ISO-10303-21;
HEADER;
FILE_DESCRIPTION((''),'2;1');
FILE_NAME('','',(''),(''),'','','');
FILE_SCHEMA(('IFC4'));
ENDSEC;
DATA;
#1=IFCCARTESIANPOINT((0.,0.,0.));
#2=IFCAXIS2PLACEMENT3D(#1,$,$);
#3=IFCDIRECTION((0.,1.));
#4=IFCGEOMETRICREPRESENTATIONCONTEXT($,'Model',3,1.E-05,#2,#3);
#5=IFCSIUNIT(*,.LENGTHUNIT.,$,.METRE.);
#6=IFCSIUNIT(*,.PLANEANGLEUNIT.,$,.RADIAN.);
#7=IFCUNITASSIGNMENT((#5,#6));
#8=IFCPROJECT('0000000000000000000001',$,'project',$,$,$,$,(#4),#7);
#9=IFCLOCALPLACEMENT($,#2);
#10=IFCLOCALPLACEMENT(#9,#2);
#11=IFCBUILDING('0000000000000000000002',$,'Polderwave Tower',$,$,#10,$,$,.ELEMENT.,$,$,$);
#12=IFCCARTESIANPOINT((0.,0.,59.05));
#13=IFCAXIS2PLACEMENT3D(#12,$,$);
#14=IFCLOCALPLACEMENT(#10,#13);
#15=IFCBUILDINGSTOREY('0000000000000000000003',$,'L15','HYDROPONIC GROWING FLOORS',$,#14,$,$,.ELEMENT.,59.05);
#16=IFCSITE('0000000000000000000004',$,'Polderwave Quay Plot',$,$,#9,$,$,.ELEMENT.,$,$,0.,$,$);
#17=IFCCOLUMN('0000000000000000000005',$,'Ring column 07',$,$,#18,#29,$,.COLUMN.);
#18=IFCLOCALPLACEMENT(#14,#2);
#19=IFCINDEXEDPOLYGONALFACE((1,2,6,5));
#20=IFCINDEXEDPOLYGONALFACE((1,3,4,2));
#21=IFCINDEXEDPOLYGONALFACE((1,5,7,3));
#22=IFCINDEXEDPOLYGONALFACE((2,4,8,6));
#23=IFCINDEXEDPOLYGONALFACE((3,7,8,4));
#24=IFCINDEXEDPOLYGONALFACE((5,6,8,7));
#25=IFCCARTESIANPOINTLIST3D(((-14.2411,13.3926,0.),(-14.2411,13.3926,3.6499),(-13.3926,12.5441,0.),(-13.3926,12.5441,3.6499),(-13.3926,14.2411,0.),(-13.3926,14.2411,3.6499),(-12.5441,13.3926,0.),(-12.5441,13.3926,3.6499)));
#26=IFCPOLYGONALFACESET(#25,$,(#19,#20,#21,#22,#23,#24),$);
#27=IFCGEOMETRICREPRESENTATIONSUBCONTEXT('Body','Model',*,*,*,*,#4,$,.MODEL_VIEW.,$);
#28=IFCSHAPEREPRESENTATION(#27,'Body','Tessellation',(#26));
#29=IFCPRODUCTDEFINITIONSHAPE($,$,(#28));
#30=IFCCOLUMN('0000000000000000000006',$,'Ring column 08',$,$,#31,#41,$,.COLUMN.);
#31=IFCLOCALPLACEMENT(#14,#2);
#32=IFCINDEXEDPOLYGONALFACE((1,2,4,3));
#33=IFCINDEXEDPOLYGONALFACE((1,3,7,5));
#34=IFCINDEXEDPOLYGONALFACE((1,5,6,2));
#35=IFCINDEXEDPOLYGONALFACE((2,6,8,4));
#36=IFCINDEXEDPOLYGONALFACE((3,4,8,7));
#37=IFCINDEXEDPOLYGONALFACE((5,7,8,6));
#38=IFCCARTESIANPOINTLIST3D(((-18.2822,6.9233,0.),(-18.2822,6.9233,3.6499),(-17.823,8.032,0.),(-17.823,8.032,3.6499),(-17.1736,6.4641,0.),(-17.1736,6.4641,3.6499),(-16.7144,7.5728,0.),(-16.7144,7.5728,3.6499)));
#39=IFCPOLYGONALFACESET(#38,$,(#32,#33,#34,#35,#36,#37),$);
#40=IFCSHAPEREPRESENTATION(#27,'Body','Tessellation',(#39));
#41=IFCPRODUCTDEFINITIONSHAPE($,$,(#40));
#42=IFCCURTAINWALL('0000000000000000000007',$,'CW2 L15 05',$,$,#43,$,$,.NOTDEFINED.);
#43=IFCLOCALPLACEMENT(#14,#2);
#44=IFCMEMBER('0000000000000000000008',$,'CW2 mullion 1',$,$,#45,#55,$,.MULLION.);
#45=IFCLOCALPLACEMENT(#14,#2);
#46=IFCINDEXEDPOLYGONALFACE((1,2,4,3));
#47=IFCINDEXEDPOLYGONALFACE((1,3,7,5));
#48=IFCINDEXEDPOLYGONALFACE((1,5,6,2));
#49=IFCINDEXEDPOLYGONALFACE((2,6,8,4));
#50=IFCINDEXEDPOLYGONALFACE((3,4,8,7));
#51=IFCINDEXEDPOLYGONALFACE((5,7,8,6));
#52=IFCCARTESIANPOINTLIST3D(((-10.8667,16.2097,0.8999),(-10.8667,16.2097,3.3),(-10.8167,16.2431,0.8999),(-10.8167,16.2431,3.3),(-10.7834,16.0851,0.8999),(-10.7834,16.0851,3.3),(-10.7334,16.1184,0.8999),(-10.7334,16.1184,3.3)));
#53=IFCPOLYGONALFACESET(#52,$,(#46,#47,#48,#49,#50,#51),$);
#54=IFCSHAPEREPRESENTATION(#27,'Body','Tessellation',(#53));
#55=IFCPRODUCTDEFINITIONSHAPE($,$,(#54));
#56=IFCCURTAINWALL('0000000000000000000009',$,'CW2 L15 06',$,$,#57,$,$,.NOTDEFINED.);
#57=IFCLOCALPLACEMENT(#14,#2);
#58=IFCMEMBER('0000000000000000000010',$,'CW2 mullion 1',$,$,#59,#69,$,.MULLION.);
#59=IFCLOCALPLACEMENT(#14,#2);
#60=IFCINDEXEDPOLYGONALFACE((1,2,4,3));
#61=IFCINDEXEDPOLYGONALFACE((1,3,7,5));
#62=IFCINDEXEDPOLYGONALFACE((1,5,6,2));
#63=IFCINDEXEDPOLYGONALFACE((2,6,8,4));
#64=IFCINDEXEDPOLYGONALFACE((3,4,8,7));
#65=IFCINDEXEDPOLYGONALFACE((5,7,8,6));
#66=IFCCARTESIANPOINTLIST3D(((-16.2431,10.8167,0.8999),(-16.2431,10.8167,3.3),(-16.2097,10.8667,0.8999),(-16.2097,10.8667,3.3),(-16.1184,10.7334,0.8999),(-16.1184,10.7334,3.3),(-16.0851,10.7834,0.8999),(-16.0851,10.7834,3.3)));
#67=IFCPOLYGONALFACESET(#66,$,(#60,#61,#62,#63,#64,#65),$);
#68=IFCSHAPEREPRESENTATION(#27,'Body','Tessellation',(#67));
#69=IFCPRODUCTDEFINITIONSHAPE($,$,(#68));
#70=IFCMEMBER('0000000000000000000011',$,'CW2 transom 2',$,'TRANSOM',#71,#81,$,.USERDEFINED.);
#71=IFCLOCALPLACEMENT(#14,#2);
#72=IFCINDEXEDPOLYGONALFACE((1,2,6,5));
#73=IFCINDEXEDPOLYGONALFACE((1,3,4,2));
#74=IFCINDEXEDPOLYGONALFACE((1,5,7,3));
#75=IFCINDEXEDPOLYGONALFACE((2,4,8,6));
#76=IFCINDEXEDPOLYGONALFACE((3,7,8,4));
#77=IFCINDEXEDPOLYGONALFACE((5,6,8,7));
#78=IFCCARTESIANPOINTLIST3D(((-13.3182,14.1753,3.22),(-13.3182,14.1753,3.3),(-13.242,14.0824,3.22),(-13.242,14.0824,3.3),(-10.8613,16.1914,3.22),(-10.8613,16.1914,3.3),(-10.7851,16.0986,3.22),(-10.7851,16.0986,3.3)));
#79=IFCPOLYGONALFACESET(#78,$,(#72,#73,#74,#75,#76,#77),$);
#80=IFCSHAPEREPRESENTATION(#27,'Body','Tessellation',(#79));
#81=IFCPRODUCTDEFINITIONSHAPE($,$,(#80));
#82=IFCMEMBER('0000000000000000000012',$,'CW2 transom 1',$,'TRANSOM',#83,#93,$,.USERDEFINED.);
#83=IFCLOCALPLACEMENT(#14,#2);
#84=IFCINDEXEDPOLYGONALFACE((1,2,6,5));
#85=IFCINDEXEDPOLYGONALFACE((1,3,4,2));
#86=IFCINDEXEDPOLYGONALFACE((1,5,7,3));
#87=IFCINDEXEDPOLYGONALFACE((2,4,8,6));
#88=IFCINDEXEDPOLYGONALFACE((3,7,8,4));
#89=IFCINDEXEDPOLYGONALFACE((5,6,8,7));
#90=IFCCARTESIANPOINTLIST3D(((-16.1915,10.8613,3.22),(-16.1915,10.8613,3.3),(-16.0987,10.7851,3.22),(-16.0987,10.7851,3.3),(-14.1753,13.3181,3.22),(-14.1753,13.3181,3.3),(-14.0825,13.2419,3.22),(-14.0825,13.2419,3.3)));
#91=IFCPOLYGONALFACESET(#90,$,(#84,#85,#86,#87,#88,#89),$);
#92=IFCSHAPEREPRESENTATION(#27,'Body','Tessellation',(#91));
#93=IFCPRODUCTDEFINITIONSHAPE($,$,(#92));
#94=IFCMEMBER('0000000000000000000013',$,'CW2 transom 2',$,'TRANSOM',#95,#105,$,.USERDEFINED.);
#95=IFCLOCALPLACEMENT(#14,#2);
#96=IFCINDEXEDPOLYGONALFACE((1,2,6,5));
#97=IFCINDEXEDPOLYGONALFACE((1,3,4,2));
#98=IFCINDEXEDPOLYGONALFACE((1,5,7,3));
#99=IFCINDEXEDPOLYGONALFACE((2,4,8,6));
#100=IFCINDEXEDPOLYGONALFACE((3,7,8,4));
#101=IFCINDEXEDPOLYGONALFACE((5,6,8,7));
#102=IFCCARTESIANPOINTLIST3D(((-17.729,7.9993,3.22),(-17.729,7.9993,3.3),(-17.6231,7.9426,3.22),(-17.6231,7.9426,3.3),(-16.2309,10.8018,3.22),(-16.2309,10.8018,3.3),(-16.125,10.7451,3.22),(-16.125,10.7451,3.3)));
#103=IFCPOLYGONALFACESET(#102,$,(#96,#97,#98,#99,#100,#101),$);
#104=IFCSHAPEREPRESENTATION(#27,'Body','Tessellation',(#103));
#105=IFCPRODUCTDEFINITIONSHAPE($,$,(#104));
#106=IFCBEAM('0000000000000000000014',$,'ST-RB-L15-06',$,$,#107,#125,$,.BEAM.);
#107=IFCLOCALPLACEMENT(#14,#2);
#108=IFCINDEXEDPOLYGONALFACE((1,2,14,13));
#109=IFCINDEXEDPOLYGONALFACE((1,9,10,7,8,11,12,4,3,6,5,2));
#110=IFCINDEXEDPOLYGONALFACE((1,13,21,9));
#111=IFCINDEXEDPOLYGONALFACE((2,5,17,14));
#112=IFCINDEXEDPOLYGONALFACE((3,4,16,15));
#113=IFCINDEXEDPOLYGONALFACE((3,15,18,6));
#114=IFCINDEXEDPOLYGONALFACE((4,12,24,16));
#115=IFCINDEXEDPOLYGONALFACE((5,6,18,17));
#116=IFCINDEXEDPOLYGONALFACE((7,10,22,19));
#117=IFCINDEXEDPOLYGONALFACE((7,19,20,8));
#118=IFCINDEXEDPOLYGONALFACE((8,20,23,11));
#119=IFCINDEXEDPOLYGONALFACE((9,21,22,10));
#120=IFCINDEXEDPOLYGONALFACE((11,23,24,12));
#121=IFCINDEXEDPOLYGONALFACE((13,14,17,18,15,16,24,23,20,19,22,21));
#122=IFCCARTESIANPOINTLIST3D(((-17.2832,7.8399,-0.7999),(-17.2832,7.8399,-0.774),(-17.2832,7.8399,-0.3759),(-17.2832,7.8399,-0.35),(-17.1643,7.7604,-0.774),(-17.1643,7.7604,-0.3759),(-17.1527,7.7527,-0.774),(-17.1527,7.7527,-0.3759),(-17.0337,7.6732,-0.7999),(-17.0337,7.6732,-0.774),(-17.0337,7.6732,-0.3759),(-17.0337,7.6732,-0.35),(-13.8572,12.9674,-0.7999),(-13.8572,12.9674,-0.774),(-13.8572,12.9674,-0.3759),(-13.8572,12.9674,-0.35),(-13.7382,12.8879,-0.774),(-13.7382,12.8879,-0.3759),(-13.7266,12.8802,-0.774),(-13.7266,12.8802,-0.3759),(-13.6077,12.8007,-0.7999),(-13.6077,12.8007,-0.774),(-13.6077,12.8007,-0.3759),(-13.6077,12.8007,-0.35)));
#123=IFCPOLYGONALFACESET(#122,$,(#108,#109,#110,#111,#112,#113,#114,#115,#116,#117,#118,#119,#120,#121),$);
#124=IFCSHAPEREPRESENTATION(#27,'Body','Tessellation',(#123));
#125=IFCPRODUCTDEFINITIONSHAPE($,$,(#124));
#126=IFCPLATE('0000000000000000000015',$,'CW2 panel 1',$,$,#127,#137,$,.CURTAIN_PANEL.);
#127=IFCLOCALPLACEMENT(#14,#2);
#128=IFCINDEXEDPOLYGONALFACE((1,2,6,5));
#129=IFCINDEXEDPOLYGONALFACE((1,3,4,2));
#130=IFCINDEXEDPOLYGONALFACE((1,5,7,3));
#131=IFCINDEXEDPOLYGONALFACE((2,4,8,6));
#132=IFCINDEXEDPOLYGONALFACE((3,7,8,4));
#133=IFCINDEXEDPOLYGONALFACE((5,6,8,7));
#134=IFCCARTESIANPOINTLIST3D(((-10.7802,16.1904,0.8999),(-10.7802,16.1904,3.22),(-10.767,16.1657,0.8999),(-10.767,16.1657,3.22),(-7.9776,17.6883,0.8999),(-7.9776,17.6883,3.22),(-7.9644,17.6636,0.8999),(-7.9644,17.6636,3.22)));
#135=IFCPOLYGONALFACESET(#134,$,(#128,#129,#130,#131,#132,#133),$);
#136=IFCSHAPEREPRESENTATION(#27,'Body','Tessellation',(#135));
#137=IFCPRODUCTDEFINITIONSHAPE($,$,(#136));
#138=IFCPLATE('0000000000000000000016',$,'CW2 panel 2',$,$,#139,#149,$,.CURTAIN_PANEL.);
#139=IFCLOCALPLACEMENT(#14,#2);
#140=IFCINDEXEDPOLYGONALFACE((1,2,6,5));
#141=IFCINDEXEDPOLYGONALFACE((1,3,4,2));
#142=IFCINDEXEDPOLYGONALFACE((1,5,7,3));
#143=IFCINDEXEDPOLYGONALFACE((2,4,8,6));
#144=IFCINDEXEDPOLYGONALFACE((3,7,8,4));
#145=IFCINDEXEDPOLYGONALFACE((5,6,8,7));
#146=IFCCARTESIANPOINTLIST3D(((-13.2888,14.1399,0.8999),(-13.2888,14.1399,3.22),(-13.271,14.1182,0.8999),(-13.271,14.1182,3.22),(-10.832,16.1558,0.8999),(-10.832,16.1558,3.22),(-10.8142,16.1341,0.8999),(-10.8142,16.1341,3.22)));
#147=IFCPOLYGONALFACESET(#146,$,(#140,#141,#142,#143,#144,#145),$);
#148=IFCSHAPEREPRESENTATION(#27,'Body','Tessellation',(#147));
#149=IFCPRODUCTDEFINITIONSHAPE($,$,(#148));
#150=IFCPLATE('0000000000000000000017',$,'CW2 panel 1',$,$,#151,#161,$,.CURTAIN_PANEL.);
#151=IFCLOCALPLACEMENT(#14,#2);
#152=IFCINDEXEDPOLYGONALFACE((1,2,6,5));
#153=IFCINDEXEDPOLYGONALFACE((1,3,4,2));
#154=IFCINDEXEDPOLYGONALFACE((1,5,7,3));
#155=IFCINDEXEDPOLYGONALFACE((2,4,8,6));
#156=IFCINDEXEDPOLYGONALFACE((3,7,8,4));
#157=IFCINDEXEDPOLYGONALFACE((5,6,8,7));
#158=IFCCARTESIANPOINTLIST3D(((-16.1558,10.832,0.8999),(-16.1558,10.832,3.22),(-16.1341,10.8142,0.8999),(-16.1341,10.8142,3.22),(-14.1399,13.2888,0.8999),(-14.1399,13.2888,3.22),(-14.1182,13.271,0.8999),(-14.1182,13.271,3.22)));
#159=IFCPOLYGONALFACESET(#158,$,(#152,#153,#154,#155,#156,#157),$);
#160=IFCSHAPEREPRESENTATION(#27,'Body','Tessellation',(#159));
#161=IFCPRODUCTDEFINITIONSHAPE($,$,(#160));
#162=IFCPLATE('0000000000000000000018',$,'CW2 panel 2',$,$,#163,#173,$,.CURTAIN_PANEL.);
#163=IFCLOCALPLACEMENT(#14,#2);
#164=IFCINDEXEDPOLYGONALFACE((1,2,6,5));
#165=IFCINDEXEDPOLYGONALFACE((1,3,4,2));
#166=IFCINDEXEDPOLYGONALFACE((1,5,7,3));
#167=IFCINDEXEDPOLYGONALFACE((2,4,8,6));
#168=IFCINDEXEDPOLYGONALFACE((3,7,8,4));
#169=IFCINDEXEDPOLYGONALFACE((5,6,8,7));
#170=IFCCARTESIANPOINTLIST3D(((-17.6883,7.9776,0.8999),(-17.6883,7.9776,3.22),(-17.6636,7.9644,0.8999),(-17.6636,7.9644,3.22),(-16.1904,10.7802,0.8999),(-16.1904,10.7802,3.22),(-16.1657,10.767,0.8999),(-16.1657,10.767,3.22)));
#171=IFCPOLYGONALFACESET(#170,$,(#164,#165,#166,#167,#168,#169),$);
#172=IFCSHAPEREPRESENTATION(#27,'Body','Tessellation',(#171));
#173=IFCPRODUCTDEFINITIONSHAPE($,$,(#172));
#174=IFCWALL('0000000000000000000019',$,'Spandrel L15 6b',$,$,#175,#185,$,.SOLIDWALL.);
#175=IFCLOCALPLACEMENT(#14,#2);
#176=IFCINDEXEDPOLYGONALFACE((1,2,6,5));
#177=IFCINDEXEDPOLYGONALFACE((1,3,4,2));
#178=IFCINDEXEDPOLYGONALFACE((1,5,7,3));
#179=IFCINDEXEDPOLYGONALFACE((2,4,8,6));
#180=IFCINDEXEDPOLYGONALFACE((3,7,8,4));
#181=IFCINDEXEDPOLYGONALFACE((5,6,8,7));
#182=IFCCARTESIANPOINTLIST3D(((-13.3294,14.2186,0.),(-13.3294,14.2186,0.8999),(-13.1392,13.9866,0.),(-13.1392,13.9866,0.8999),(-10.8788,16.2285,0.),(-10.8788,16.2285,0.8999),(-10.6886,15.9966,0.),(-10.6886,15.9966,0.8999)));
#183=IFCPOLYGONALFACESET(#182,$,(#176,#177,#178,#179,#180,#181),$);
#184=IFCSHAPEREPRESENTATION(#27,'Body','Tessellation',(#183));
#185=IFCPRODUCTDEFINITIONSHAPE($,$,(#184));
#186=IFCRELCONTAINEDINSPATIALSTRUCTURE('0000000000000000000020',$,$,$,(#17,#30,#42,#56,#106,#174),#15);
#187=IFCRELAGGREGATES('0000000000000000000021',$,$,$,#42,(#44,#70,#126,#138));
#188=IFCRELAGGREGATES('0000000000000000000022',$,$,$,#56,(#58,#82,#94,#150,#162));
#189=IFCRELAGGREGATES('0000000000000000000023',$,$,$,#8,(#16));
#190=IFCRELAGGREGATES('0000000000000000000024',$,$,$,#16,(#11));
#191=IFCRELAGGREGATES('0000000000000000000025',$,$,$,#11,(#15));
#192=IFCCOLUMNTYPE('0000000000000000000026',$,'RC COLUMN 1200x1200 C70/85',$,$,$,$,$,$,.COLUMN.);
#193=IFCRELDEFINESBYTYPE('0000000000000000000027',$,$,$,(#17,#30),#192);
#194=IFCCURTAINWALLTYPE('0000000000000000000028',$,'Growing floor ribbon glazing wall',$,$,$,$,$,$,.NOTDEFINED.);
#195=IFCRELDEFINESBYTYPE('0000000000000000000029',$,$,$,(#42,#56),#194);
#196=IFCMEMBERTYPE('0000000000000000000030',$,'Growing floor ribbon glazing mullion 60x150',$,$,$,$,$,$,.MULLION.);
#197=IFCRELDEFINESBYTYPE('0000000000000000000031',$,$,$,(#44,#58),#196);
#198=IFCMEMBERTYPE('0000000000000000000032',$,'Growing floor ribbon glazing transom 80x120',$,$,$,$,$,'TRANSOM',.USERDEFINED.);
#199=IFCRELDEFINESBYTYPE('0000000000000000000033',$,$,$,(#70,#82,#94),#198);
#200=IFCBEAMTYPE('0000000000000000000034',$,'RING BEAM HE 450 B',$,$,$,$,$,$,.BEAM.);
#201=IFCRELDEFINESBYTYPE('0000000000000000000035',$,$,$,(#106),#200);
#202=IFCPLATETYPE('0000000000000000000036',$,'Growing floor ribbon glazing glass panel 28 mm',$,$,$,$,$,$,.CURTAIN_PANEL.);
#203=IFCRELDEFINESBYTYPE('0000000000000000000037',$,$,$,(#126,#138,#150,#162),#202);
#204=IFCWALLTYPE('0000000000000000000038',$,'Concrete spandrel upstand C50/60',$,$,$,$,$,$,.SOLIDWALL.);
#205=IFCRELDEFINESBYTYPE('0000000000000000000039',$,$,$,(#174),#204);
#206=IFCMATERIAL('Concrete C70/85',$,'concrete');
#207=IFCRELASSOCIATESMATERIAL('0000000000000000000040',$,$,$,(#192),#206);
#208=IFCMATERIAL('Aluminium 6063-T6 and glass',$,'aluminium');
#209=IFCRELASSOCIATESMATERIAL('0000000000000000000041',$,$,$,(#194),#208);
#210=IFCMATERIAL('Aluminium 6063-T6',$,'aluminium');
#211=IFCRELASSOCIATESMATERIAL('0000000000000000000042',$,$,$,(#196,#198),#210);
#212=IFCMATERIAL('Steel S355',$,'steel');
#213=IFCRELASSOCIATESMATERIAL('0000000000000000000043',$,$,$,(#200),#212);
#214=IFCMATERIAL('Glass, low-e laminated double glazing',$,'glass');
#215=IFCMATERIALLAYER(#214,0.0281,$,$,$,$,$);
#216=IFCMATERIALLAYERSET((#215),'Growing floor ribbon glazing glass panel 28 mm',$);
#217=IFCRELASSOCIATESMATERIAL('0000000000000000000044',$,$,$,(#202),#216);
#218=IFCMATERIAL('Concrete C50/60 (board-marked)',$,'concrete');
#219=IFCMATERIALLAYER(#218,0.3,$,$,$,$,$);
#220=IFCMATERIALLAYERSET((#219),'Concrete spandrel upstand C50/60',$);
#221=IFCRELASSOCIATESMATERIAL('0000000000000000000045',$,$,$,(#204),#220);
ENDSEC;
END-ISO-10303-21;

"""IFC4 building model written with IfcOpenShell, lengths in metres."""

from ifc_helpers import new_model, si_unit, direction, frame, frame_2d, origin, origin_2d, place, context, subcontext, project, spatial, rectangle, i_section, extrude, material, layer, layer_set, material_profile, profile_set, type_object, element, aggregate, save


model = new_model("IFC4")

# Units and contexts
model_context = context("Model", 3, precision=1e-05, world=origin(), true_north=direction((0.0, 1.0)))
body_context = subcontext(model_context, "Body", "Model", "MODEL_VIEW")
ifc_project = project(units=[si_unit("LENGTHUNIT", "METRE"), si_unit("PLANEANGLEUNIT", "RADIAN")], contexts=[model_context])

# Site, building, storey
site_placement = place(None, origin())
site = spatial("IfcSite", under=ifc_project, at=site_placement, Name="Polderwave Quay Plot", CompositionType="ELEMENT", RefElevation=0.0)
building_placement = place(site_placement, origin())
building = spatial("IfcBuilding", under=site, at=building_placement, Name="Polderwave Tower", CompositionType="ELEMENT")
storey_placement = place(building_placement, frame((0.0, 0.0, 59.05)))
storey = spatial("IfcBuildingStorey", under=building, at=storey_placement, Name="L15", Description="HYDROPONIC GROWING FLOORS", CompositionType="ELEMENT", Elevation=59.05)

# Columns
ifc_material_1 = material(Name="Concrete C70/85", Category="concrete")
ifc_material_profile_1 = material_profile(ifc_material_1, rectangle(XDim=1.2, YDim=1.2, at=origin_2d()), Name="RC 1200x1200")
ifc_profile_set_1 = profile_set([ifc_material_profile_1], Name="Concrete C70/85")
column_type = type_object("IfcColumnType", Name="RC COLUMN 1200x1200 C70/85", PredefinedType="COLUMN", material=ifc_profile_set_1)
for number, where, z_axis, x_axis, name in (
    (1, (-13.3926, 13.3926, 0.0), (0.0, 0.0, 1.0), (-0.707107, 0.707107, 0.0), "Ring column 07"),
    (2, (-17.4983, 7.248, 0.0), (0.0, 0.0, 1.0), (-0.92388, 0.382683, 0.0), "Ring column 08"),
):
    element("IfcColumn", number, at=place(storey_placement, frame(where, z_axis=z_axis, x_axis=x_axis)), inside=storey, type_object=column_type, Name=name, PredefinedType="COLUMN", context=body_context, shape_type="SweptSolid", body=[
        extrude(rectangle(XDim=1.2, YDim=1.2, at=origin_2d()), origin(), (0.0, 0.0, 1.0), 3.6499),
    ])

# Curtain walls, members
ifc_material_2 = material(Name="Aluminium 6063-T6 and glass", Category="aluminium")
curtain_wall_type = type_object("IfcCurtainWallType", Name="Growing floor ribbon glazing wall", PredefinedType="NOTDEFINED", material=ifc_material_2)
curtain_wall_1_placement = place(storey_placement, origin())
curtain_wall_1 = element("IfcCurtainWall", 3, at=curtain_wall_1_placement, inside=storey, type_object=curtain_wall_type, Name="CW2 L15 05", PredefinedType="NOTDEFINED")
ifc_material_3 = material(Name="Aluminium 6063-T6", Category="aluminium")
ifc_material_profile_2 = material_profile(ifc_material_3, rectangle(XDim=0.1499, YDim=0.0601, at=origin_2d()), Name="AL 60x150")
ifc_profile_set_2 = profile_set([ifc_material_profile_2], Name="Aluminium 6063-T6")
member_type_1 = type_object("IfcMemberType", Name="Growing floor ribbon glazing mullion 60x150", PredefinedType="MULLION", material=ifc_profile_set_2)
member_1_placement = place(storey_placement, frame((-10.8, 16.1641, 0.8999), z_axis=(0.0, 0.0, 1.0), x_axis=(0.555527, -0.831499, 0.0)))
member_1 = element("IfcMember", 4, at=member_1_placement, type_object=member_type_1, Name="CW2 mullion 1", PredefinedType="MULLION", context=body_context, shape_type="SweptSolid", body=[
    extrude(rectangle(XDim=0.1499, YDim=0.0601, at=origin_2d()), origin(), (0.0, 0.0, 1.0), 2.4001),
])
curtain_wall_2_placement = place(storey_placement, origin())
curtain_wall_2 = element("IfcCurtainWall", 5, at=curtain_wall_2_placement, inside=storey, type_object=curtain_wall_type, Name="CW2 L15 06", PredefinedType="NOTDEFINED")
member_2_placement = place(storey_placement, frame((-16.1641, 10.8, 0.8999), z_axis=(0.0, 0.0, 1.0), x_axis=(0.831499, -0.555527, 0.0)))
member_2 = element("IfcMember", 6, at=member_2_placement, type_object=member_type_1, Name="CW2 mullion 1", PredefinedType="MULLION", context=body_context, shape_type="SweptSolid", body=[
    extrude(rectangle(XDim=0.1499, YDim=0.0601, at=origin_2d()), origin(), (0.0, 0.0, 1.0), 2.4001),
])

# Members
ifc_material_profile_3 = material_profile(ifc_material_3, rectangle(XDim=0.1201, YDim=0.0801, at=origin_2d()), Name="AL 80x120")
ifc_profile_set_3 = profile_set([ifc_material_profile_3], Name="Aluminium 6063-T6")
member_type_2 = type_object("IfcMemberType", Name="Growing floor ribbon glazing transom 80x120", ElementType="TRANSOM", PredefinedType="USERDEFINED", material=ifc_profile_set_3)
member_3_placement = place(storey_placement, frame((-10.8232, 16.145, 3.26), z_axis=(-0.773029, -0.634371, 0.0), x_axis=(0.634371, -0.773029, 0.0)))
member_3 = element("IfcMember", 7, at=member_3_placement, type_object=member_type_2, Name="CW2 transom 2", ObjectType="TRANSOM", PredefinedType="USERDEFINED", context=body_context, shape_type="SweptSolid", body=[
    extrude(rectangle(XDim=0.1201, YDim=0.0801, at=origin_2d()), origin(), (0.0, 0.0, 1.0), 3.1782),
])
member_4_placement = place(storey_placement, frame((-14.1289, 13.28, 3.26), z_axis=(-0.634371, -0.773029, 0.0), x_axis=(0.773029, -0.634371, 0.0)))
member_4 = element("IfcMember", 8, at=member_4_placement, type_object=member_type_2, Name="CW2 transom 1", ObjectType="TRANSOM", PredefinedType="USERDEFINED", context=body_context, shape_type="SweptSolid", body=[
    extrude(rectangle(XDim=0.1201, YDim=0.0801, at=origin_2d()), origin(), (0.0, 0.0, 1.0), 3.1782),
])
member_5_placement = place(storey_placement, frame((-16.178, 10.7734, 3.26), z_axis=(-0.471417, -0.88191, 0.0), x_axis=(0.88191, -0.471417, 0.0)))
member_5 = element("IfcMember", 9, at=member_5_placement, type_object=member_type_2, Name="CW2 transom 2", ObjectType="TRANSOM", PredefinedType="USERDEFINED", context=body_context, shape_type="SweptSolid", body=[
    extrude(rectangle(XDim=0.1201, YDim=0.0801, at=origin_2d()), origin(), (0.0, 0.0, 1.0), 3.1777),
])

# Beam
ifc_material_4 = material(Name="Steel S355", Category="steel")
ifc_material_profile_4 = material_profile(ifc_material_4, i_section(OverallWidth=0.3, OverallDepth=0.45, WebThickness=0.0139, FlangeThickness=0.0259, at=origin_2d()), Name="HE 450 B")
ifc_profile_set_4 = profile_set([ifc_material_profile_4], Name="Steel S355")
beam_type = type_object("IfcBeamType", Name="RING BEAM HE 450 B", PredefinedType="BEAM", material=ifc_profile_set_4)
beam_placement = place(storey_placement, frame((-13.7324, 12.884, -0.575), z_axis=(-0.555568, -0.831471, 0.0), x_axis=(0.831471, -0.555568, 0.0)))
element("IfcBeam", 10, at=beam_placement, inside=storey, type_object=beam_type, Name="ST-RB-L15-06", PredefinedType="BEAM", context=body_context, shape_type="SweptSolid", body=[
    extrude(i_section(OverallWidth=0.3, OverallDepth=0.45, WebThickness=0.0139, FlangeThickness=0.0259, at=origin_2d()), origin(), (0.0, 0.0, 1.0), 6.1667),
])

# Plates
ifc_material_5 = material(Name="Glass, low-e laminated double glazing", Category="glass")
ifc_layer_1 = layer(ifc_material_5, 0.0281)
ifc_layer_set_1 = layer_set([ifc_layer_1], Name="Growing floor ribbon glazing glass panel 28 mm")
plate_type = type_object("IfcPlateType", Name="Growing floor ribbon glazing glass panel 28 mm", PredefinedType="CURTAIN_PANEL", material=ifc_layer_set_1)
plate_1_placement = place(storey_placement, frame((-9.3723, 16.927, 0.8999), z_axis=(0.0, 0.0, 1.0), x_axis=(-0.881939, -0.471364, 0.0)))
plate_1 = element("IfcPlate", 11, at=plate_1_placement, type_object=plate_type, Name="CW2 panel 1", PredefinedType="CURTAIN_PANEL", context=body_context, shape_type="SweptSolid", body=[
    extrude(rectangle(XDim=3.1777, YDim=0.0281, at=origin_2d()), origin(), (0.0, 0.0, 1.0), 2.3201),
])
plate_2_placement = place(storey_placement, frame((-12.0515, 15.137, 0.8999), z_axis=(0.0, 0.0, 1.0), x_axis=(-0.773054, -0.634341, 0.0)))
plate_2 = element("IfcPlate", 12, at=plate_2_placement, type_object=plate_type, Name="CW2 panel 2", PredefinedType="CURTAIN_PANEL", context=body_context, shape_type="SweptSolid", body=[
    extrude(rectangle(XDim=3.178, YDim=0.0281, at=origin_2d()), origin(), (0.0, 0.0, 1.0), 2.3201),
])
aggregate(curtain_wall_1, [member_1, member_3, plate_1, plate_2])
plate_3_placement = place(storey_placement, frame((-15.137, 12.0515, 0.8999), z_axis=(0.0, 0.0, 1.0), x_axis=(-0.634341, -0.773054, 0.0)))
plate_3 = element("IfcPlate", 13, at=plate_3_placement, type_object=plate_type, Name="CW2 panel 1", PredefinedType="CURTAIN_PANEL", context=body_context, shape_type="SweptSolid", body=[
    extrude(rectangle(XDim=3.178, YDim=0.0281, at=origin_2d()), origin(), (0.0, 0.0, 1.0), 2.3201),
])
plate_4_placement = place(storey_placement, frame((-16.927, 9.3723, 0.8999), z_axis=(0.0, 0.0, 1.0), x_axis=(-0.471364, -0.881939, 0.0)))
plate_4 = element("IfcPlate", 14, at=plate_4_placement, type_object=plate_type, Name="CW2 panel 2", PredefinedType="CURTAIN_PANEL", context=body_context, shape_type="SweptSolid", body=[
    extrude(rectangle(XDim=3.1777, YDim=0.0281, at=origin_2d()), origin(), (0.0, 0.0, 1.0), 2.3201),
])
aggregate(curtain_wall_2, [member_2, member_4, member_5, plate_3, plate_4])

# Wall
ifc_material_6 = material(Name="Concrete C50/60 (board-marked)", Category="concrete")
ifc_layer_2 = layer(ifc_material_6, 0.3)
ifc_layer_set_2 = layer_set([ifc_layer_2], Name="Concrete spandrel upstand C50/60")
wall_type_1 = type_object("IfcWallType", Name="Concrete spandrel upstand C50/60", PredefinedType="SOLIDWALL", material=ifc_layer_set_2)
for number, where, z_axis, x_axis, name in (
    (15, (-10.7837, 16.1125, 0.0), (0.0, 0.0, 1.0), (-0.773198, -0.634164, 0.0), "Spandrel L15 6b"),
):
    element("IfcWall", number, at=place(storey_placement, frame(where, z_axis=z_axis, x_axis=x_axis)), inside=storey, type_object=wall_type_1, Name=name, PredefinedType="SOLIDWALL", context=body_context, shape_type="SweptSolid", body=[
        extrude(rectangle(XDim=3.1694, YDim=0.3, at=frame_2d((1.5847, 0.0))), origin(), (0.0, 0.0, 1.0), 0.8999),
    ])

save(model, "model.ifc")
